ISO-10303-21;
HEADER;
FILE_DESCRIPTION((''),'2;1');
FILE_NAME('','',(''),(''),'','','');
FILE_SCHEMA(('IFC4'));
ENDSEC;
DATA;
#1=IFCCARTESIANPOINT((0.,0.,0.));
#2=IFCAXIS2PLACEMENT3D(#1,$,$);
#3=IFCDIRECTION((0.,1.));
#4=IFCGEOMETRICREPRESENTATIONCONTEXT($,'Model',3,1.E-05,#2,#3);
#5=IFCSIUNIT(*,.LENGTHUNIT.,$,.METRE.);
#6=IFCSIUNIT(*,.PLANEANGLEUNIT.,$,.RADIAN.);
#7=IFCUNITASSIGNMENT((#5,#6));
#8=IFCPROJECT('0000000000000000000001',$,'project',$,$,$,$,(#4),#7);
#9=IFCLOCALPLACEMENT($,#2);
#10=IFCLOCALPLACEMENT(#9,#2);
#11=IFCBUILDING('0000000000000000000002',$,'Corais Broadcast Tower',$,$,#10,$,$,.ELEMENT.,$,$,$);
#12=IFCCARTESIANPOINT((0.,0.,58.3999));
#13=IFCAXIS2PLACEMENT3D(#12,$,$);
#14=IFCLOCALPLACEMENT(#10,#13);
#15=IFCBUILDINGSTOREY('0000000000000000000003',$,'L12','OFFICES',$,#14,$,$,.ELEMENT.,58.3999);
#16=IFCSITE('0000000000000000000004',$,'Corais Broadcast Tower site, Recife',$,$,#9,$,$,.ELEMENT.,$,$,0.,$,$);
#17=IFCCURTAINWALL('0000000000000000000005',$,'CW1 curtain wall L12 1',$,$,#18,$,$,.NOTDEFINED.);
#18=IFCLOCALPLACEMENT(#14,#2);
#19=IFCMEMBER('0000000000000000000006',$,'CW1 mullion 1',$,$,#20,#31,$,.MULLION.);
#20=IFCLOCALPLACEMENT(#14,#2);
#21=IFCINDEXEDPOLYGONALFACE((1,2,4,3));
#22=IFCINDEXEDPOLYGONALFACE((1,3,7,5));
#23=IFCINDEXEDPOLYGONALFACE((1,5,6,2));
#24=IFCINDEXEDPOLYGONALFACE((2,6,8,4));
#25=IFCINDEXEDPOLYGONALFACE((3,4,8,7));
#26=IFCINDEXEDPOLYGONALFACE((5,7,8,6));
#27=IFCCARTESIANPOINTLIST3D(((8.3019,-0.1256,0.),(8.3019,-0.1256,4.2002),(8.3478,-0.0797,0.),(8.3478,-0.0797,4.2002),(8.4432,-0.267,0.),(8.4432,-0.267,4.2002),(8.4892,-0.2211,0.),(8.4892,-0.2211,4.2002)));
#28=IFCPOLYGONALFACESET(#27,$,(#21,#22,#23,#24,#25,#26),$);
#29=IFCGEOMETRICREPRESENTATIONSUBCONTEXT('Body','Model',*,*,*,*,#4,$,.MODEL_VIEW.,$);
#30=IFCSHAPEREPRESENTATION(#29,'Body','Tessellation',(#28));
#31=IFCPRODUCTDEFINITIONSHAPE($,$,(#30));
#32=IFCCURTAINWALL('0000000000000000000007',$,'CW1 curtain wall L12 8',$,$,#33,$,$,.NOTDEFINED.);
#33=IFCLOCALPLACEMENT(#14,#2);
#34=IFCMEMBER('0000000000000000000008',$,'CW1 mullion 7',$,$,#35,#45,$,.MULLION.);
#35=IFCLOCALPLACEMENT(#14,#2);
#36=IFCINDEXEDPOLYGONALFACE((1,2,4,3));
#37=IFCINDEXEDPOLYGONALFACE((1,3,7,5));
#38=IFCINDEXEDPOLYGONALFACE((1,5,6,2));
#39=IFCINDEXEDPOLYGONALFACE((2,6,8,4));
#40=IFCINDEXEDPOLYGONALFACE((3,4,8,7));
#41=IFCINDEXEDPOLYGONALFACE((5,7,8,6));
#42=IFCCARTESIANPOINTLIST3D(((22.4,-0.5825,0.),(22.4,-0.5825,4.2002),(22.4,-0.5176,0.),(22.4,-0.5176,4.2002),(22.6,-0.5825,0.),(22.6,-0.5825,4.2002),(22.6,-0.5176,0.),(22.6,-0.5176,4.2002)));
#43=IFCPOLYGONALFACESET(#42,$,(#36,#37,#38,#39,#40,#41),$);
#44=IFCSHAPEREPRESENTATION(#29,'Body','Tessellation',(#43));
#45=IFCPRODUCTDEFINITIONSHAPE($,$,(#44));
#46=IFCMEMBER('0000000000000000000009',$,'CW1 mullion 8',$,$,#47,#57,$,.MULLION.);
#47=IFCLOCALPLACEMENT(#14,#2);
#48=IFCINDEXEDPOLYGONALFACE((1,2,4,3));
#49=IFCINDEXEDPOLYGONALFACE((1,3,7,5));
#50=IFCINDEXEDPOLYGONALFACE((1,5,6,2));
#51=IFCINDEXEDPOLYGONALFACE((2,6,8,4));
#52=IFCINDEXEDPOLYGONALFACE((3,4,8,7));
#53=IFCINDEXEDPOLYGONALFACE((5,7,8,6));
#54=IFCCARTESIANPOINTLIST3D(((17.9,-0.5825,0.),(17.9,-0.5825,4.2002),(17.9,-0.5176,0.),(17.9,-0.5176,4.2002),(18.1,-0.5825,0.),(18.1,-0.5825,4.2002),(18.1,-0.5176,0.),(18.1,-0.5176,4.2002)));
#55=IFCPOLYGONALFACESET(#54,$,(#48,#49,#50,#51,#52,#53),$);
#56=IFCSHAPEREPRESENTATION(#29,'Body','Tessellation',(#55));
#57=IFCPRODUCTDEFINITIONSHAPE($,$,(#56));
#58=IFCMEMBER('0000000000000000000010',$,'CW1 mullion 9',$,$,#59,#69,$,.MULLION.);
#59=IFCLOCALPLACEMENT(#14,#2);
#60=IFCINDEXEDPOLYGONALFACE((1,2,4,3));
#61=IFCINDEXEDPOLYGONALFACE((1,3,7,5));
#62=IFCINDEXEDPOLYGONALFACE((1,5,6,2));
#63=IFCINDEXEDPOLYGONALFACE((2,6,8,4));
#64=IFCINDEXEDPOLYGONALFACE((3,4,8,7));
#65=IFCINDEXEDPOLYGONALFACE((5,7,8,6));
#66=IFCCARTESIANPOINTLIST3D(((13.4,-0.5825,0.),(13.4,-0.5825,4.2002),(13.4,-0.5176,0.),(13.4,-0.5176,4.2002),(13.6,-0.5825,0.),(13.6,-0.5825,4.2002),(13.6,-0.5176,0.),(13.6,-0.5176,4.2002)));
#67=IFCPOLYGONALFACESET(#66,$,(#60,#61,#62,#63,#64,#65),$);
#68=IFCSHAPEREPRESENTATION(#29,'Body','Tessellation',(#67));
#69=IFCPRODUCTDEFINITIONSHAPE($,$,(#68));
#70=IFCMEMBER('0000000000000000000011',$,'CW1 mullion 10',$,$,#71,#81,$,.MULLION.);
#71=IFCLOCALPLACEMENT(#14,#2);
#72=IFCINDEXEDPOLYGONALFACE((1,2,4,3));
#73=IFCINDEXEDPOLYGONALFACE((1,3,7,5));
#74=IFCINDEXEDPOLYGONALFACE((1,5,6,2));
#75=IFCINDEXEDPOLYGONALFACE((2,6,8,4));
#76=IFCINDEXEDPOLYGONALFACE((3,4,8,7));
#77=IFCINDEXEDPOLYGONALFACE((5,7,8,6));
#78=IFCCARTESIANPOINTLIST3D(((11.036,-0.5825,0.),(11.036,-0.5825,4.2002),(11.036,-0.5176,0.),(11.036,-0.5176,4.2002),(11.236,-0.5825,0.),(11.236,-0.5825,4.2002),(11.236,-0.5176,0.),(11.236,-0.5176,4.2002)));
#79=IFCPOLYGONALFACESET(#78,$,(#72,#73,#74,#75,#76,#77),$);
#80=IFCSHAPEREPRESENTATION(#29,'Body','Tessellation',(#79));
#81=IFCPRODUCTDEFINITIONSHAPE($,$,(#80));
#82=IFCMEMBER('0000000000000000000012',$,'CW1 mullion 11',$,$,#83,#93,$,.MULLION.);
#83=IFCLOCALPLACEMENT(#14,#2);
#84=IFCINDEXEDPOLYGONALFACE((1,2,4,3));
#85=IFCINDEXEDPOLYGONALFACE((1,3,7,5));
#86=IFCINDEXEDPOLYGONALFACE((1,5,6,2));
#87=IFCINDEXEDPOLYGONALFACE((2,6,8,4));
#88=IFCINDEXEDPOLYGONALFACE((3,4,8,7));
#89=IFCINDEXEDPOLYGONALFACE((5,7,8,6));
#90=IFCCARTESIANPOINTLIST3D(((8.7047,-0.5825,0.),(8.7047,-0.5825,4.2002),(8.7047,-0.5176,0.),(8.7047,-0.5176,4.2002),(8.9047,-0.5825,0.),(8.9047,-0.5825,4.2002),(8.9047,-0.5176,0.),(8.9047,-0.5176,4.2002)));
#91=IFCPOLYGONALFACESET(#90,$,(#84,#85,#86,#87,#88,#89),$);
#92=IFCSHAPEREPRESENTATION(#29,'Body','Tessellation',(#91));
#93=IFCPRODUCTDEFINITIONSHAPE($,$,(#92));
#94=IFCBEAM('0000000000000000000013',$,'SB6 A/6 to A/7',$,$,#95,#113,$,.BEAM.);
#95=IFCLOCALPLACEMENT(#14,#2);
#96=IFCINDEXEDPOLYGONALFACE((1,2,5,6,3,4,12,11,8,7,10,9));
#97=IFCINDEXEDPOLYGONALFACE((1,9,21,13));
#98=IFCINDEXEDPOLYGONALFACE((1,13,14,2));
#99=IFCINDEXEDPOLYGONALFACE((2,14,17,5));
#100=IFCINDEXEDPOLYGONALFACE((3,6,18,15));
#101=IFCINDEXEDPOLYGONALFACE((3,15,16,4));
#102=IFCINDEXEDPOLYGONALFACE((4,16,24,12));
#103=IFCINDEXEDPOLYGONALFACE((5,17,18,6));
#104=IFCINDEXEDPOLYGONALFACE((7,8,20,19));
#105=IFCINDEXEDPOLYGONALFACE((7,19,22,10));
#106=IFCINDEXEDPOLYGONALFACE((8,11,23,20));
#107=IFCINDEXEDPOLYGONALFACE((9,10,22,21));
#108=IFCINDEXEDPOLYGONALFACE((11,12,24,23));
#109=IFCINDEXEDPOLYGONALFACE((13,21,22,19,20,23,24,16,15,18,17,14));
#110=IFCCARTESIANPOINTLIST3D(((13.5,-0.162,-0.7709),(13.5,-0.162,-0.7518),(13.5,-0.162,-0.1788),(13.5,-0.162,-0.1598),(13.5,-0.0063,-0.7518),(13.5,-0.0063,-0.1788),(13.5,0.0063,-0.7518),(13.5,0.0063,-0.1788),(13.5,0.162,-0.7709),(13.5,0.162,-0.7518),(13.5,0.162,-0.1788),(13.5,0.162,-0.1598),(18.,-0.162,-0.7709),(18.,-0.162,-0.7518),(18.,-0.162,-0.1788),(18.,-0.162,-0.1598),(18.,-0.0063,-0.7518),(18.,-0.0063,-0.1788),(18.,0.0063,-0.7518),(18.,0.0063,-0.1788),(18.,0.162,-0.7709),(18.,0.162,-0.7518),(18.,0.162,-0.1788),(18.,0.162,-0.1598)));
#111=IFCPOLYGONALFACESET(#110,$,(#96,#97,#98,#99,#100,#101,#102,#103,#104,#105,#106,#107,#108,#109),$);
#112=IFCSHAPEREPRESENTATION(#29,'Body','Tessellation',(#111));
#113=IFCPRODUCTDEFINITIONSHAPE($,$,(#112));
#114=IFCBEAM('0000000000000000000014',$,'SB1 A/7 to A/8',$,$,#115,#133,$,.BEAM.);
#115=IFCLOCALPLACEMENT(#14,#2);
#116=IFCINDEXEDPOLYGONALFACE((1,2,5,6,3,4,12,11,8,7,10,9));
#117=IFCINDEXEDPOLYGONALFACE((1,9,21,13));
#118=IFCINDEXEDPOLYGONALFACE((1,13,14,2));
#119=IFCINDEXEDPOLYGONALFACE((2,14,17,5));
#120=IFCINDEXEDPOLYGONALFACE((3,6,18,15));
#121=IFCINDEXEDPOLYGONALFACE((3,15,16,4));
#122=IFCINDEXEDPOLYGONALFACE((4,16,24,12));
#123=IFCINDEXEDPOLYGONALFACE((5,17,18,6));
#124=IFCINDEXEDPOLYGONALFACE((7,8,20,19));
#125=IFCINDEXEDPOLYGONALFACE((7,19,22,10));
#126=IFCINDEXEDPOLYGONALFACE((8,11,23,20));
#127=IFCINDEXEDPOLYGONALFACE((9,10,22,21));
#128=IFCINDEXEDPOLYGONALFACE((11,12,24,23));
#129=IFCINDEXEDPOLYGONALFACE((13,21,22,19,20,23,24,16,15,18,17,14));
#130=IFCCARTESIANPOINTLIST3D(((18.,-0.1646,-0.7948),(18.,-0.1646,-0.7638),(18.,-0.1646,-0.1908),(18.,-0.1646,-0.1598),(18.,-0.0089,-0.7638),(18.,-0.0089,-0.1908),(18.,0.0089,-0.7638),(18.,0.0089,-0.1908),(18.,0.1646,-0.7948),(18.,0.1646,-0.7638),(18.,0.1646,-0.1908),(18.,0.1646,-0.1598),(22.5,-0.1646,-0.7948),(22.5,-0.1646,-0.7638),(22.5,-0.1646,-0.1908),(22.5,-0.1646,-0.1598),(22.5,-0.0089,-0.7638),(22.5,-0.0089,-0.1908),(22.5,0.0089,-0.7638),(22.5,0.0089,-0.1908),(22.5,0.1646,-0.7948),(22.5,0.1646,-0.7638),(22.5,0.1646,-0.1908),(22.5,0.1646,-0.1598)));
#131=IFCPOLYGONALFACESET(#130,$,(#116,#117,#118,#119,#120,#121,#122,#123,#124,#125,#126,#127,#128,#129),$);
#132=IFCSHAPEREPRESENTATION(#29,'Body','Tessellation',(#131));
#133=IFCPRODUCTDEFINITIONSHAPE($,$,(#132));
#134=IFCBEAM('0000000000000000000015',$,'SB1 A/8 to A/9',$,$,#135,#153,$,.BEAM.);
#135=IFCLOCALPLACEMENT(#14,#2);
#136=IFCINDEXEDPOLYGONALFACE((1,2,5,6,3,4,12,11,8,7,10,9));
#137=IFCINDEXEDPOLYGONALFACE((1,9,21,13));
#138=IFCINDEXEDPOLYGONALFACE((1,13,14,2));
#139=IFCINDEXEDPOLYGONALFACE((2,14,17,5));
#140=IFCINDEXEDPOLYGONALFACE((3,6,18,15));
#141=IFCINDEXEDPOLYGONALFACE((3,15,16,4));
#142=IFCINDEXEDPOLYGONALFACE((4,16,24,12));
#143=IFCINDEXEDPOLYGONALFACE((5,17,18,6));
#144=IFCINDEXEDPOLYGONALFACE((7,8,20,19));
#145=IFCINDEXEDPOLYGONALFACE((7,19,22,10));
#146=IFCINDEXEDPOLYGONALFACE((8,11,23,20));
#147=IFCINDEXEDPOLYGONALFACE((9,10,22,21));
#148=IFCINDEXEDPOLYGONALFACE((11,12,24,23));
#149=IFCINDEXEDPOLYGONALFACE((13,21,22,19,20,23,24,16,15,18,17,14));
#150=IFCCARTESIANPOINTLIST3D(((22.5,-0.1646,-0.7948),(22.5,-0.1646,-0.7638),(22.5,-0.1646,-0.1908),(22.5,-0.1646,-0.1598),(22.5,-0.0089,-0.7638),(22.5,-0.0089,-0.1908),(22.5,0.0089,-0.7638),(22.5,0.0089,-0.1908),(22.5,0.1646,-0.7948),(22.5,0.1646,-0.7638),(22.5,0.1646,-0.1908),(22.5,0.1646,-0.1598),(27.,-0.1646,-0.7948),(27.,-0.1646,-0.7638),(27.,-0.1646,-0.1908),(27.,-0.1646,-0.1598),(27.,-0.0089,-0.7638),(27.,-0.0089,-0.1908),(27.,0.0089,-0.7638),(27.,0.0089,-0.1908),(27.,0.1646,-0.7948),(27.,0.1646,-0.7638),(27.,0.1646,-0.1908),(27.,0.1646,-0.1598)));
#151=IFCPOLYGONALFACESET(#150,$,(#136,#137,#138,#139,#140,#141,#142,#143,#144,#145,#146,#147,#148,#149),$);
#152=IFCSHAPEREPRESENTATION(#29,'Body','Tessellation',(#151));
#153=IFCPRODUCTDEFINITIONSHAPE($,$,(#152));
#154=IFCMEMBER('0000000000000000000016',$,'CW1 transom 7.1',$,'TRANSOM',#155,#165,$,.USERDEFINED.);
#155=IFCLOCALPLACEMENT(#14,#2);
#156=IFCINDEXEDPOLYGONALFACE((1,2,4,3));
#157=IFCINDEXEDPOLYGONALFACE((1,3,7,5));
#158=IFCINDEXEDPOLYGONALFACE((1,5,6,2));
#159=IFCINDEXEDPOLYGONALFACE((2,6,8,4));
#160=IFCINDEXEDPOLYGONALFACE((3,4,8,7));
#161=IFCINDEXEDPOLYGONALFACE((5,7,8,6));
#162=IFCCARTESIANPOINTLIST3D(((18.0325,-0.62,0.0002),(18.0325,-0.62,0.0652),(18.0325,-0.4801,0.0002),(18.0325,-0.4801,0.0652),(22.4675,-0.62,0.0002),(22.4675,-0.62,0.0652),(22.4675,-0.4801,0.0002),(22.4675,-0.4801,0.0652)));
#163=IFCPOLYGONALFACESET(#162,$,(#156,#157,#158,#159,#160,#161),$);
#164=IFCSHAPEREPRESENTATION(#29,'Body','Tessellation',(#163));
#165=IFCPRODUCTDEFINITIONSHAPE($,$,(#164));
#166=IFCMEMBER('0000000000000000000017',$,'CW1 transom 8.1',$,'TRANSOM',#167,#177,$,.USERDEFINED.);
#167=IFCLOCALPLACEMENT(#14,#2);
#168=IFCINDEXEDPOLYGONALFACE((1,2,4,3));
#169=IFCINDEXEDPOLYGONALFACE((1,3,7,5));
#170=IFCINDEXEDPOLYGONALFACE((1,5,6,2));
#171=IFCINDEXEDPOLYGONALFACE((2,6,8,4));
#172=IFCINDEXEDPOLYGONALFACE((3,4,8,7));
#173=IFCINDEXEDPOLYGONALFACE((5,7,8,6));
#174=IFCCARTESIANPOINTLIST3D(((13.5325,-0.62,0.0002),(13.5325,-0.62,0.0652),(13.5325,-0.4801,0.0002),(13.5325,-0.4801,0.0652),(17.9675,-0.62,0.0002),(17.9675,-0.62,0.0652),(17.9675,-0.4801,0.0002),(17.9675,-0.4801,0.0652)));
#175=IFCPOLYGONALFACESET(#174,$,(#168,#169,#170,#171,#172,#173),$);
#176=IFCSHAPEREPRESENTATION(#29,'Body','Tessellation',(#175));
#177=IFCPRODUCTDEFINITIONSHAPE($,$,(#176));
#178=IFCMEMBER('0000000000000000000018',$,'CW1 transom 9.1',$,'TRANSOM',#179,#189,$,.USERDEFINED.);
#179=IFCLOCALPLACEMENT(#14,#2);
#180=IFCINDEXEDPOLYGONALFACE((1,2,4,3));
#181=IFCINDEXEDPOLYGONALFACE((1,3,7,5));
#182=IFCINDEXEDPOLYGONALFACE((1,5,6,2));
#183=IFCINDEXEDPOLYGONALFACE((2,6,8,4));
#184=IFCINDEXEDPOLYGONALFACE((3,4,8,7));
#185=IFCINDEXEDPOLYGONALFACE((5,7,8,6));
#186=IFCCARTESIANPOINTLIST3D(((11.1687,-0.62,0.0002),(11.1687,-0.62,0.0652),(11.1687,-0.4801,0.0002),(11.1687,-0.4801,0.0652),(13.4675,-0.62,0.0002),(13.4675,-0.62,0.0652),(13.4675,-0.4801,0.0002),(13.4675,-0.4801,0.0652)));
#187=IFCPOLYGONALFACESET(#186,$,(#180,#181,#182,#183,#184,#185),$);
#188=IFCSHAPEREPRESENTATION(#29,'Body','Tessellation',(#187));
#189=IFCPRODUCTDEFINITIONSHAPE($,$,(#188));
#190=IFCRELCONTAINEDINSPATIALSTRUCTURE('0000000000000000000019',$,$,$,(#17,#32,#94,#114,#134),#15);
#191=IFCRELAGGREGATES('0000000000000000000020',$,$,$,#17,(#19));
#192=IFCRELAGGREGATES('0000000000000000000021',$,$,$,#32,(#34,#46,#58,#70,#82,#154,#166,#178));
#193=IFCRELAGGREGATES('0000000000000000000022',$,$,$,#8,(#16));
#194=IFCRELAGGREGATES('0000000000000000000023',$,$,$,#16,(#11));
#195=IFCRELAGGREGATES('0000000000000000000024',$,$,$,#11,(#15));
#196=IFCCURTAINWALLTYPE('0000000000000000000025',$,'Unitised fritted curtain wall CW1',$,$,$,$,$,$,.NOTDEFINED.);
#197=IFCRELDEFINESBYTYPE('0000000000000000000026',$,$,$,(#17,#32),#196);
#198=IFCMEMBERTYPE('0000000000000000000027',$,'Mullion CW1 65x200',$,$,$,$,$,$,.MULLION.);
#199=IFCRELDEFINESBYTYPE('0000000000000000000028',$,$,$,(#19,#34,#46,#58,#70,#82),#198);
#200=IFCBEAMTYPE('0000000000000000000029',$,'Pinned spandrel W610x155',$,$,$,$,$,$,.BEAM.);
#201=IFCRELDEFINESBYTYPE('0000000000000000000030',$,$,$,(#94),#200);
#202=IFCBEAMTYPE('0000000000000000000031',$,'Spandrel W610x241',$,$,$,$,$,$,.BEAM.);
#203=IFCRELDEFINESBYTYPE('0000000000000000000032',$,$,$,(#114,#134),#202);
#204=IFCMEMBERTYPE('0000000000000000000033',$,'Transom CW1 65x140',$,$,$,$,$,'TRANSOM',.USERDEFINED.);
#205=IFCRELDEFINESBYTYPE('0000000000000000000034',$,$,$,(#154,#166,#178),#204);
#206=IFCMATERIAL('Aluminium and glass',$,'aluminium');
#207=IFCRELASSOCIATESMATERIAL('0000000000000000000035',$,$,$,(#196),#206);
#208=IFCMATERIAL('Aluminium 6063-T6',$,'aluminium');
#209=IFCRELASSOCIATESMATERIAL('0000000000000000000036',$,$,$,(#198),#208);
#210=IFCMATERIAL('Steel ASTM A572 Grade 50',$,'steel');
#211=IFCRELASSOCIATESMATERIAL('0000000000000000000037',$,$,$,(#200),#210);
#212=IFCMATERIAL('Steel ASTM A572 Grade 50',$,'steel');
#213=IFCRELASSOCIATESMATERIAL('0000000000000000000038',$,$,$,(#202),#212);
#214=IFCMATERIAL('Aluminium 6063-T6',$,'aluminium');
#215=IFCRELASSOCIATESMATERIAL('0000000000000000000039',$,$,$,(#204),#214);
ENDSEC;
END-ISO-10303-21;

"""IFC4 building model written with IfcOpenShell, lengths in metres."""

from ifc_helpers import new_model, si_unit, direction, frame, origin, origin_2d, place, context, subcontext, project, spatial, rectangle, i_section, extrude, material, material_profile, profile_set, type_object, element, aggregate, save


model = new_model("IFC4")

# Units and contexts
model_context = context("Model", 3, precision=1e-05, world=origin(), true_north=direction((0.0, 1.0)))
body_context = subcontext(model_context, "Body", "Model", "MODEL_VIEW")
ifc_project = project(units=[si_unit("LENGTHUNIT", "METRE"), si_unit("PLANEANGLEUNIT", "RADIAN")], contexts=[model_context])

# Site, building, storey
site_placement = place(None, origin())
site = spatial("IfcSite", under=ifc_project, at=site_placement, Name="Corais Broadcast Tower site, Recife", CompositionType="ELEMENT", RefElevation=0.0)
building_placement = place(site_placement, origin())
building = spatial("IfcBuilding", under=site, at=building_placement, Name="Corais Broadcast Tower", CompositionType="ELEMENT")
storey_placement = place(building_placement, frame((0.0, 0.0, 58.3999)))
storey = spatial("IfcBuildingStorey", under=building, at=storey_placement, Name="L12", Description="OFFICES", CompositionType="ELEMENT", Elevation=58.3999)

# Curtain wall, member
ifc_material_1 = material(Name="Aluminium and glass", Category="aluminium")
curtain_wall_type = type_object("IfcCurtainWallType", Name="Unitised fritted curtain wall CW1", PredefinedType="NOTDEFINED", material=ifc_material_1)
curtain_wall_1_placement = place(storey_placement, origin())
curtain_wall_1 = element("IfcCurtainWall", 1, at=curtain_wall_1_placement, inside=storey, type_object=curtain_wall_type, Name="CW1 curtain wall L12 1", PredefinedType="NOTDEFINED")
ifc_material_2 = material(Name="Aluminium 6063-T6", Category="aluminium")
ifc_material_profile_1 = material_profile(ifc_material_2, rectangle(XDim=0.0649, YDim=0.2, at=origin_2d()), Name="Mullion CW1 65x200")
ifc_profile_set_1 = profile_set([ifc_material_profile_1], Name="Aluminium 6063-T6")
member_type_1 = type_object("IfcMemberType", Name="Mullion CW1 65x200", PredefinedType="MULLION", material=ifc_profile_set_1)
member_1_placement = place(storey_placement, frame((8.3955, -0.1733, 0.0), z_axis=(0.0, 0.0, 1.0), x_axis=(-0.707107, -0.707107, 0.0)))
member_1 = element("IfcMember", 2, at=member_1_placement, type_object=member_type_1, Name="CW1 mullion 1", PredefinedType="MULLION", context=body_context, shape_type="SweptSolid", body=[
    extrude(rectangle(XDim=0.0649, YDim=0.2, at=origin_2d()), origin(), (0.0, 0.0, 1.0), 4.2002),
])
aggregate(curtain_wall_1, [member_1])

# Curtain wall, members
curtain_wall_2_placement = place(storey_placement, origin())
curtain_wall_2 = element("IfcCurtainWall", 3, at=curtain_wall_2_placement, inside=storey, type_object=curtain_wall_type, Name="CW1 curtain wall L12 8", PredefinedType="NOTDEFINED")
member_2_placement = place(storey_placement, frame((22.5, -0.55, 0.0), z_axis=(0.0, 0.0, 1.0), x_axis=(0.0, -1.0, 0.0)))
member_2 = element("IfcMember", 4, at=member_2_placement, type_object=member_type_1, Name="CW1 mullion 7", PredefinedType="MULLION", context=body_context, shape_type="SweptSolid", body=[
    extrude(rectangle(XDim=0.0649, YDim=0.2, at=origin_2d()), origin(), (0.0, 0.0, 1.0), 4.2002),
])
member_3_placement = place(storey_placement, frame((18.0, -0.55, 0.0), z_axis=(0.0, 0.0, 1.0), x_axis=(0.0, -1.0, 0.0)))
member_3 = element("IfcMember", 5, at=member_3_placement, type_object=member_type_1, Name="CW1 mullion 8", PredefinedType="MULLION", context=body_context, shape_type="SweptSolid", body=[
    extrude(rectangle(XDim=0.0649, YDim=0.2, at=origin_2d()), origin(), (0.0, 0.0, 1.0), 4.2002),
])
member_4_placement = place(storey_placement, frame((13.5, -0.55, 0.0), z_axis=(0.0, 0.0, 1.0), x_axis=(0.0, -1.0, 0.0)))
member_4 = element("IfcMember", 6, at=member_4_placement, type_object=member_type_1, Name="CW1 mullion 9", PredefinedType="MULLION", context=body_context, shape_type="SweptSolid", body=[
    extrude(rectangle(XDim=0.0649, YDim=0.2, at=origin_2d()), origin(), (0.0, 0.0, 1.0), 4.2002),
])
member_5_placement = place(storey_placement, frame((11.136, -0.55, 0.0), z_axis=(0.0, 0.0, 1.0), x_axis=(0.0, -1.0, 0.0)))
member_5 = element("IfcMember", 7, at=member_5_placement, type_object=member_type_1, Name="CW1 mullion 10", PredefinedType="MULLION", context=body_context, shape_type="SweptSolid", body=[
    extrude(rectangle(XDim=0.0649, YDim=0.2, at=origin_2d()), origin(), (0.0, 0.0, 1.0), 4.2002),
])
member_6_placement = place(storey_placement, frame((8.8047, -0.55, 0.0), z_axis=(0.0, 0.0, 1.0), x_axis=(0.0, -1.0, 0.0)))
member_6 = element("IfcMember", 8, at=member_6_placement, type_object=member_type_1, Name="CW1 mullion 11", PredefinedType="MULLION", context=body_context, shape_type="SweptSolid", body=[
    extrude(rectangle(XDim=0.0649, YDim=0.2, at=origin_2d()), origin(), (0.0, 0.0, 1.0), 4.2002),
])

# Beams
ifc_material_3 = material(Name="Steel ASTM A572 Grade 50", Category="steel")
ifc_material_profile_2 = material_profile(ifc_material_3, i_section(OverallWidth=0.324, OverallDepth=0.6111, WebThickness=0.0127, FlangeThickness=0.019, at=origin_2d()), Name="W610x155")
ifc_profile_set_2 = profile_set([ifc_material_profile_2], Name="Steel ASTM A572 Grade 50")
beam_type_1 = type_object("IfcBeamType", Name="Pinned spandrel W610x155", PredefinedType="BEAM", material=ifc_profile_set_2)
beam_1_placement = place(storey_placement, frame((13.5, 0.0, -0.4653), z_axis=(1.0, 0.0, 0.0), x_axis=(0.0, 1.0, 0.0)))
element("IfcBeam", 9, at=beam_1_placement, inside=storey, type_object=beam_type_1, Name="SB6 A/6 to A/7", PredefinedType="BEAM", context=body_context, shape_type="SweptSolid", body=[
    extrude(i_section(OverallWidth=0.324, OverallDepth=0.6111, WebThickness=0.0127, FlangeThickness=0.019, at=origin_2d()), origin(), (0.0, 0.0, 1.0), 4.5),
])
ifc_material_4 = material(Name="Steel ASTM A572 Grade 50", Category="steel")
ifc_material_profile_3 = material_profile(ifc_material_4, i_section(OverallWidth=0.3291, OverallDepth=0.635, WebThickness=0.0178, FlangeThickness=0.031, at=origin_2d()), Name="W610x241")
ifc_profile_set_3 = profile_set([ifc_material_profile_3], Name="Steel ASTM A572 Grade 50")
beam_type_2 = type_object("IfcBeamType", Name="Spandrel W610x241", PredefinedType="BEAM", material=ifc_profile_set_3)
for number, where, z_axis, x_axis, name in (
    (10, (18.0, 0.0, -0.4773), (1.0, 0.0, 0.0), (0.0, 1.0, 0.0), "SB1 A/7 to A/8"),
    (11, (22.5, 0.0, -0.4773), (1.0, 0.0, 0.0), (0.0, 1.0, 0.0), "SB1 A/8 to A/9"),
):
    element("IfcBeam", number, at=place(storey_placement, frame(where, z_axis=z_axis, x_axis=x_axis)), inside=storey, type_object=beam_type_2, Name=name, PredefinedType="BEAM", context=body_context, shape_type="SweptSolid", body=[
        extrude(i_section(OverallWidth=0.3291, OverallDepth=0.635, WebThickness=0.0178, FlangeThickness=0.031, at=origin_2d()), origin(), (0.0, 0.0, 1.0), 4.5),
    ])

# Members
ifc_material_5 = material(Name="Aluminium 6063-T6", Category="aluminium")
ifc_material_profile_4 = material_profile(ifc_material_5, rectangle(XDim=0.1399, YDim=0.0649, at=origin_2d()), Name="Transom CW1 65x140")
ifc_profile_set_4 = profile_set([ifc_material_profile_4], Name="Aluminium 6063-T6")
member_type_2 = type_object("IfcMemberType", Name="Transom CW1 65x140", ElementType="TRANSOM", PredefinedType="USERDEFINED", material=ifc_profile_set_4)
member_7_placement = place(storey_placement, frame((22.4675, -0.55, 0.0327), z_axis=(-1.0, 0.0, 0.0), x_axis=(0.0, -1.0, 0.0)))
member_7 = element("IfcMember", 12, at=member_7_placement, type_object=member_type_2, Name="CW1 transom 7.1", ObjectType="TRANSOM", PredefinedType="USERDEFINED", context=body_context, shape_type="SweptSolid", body=[
    extrude(rectangle(XDim=0.1399, YDim=0.0649, at=origin_2d()), origin(), (0.0, 0.0, 1.0), 4.4351),
])
member_8_placement = place(storey_placement, frame((17.9675, -0.55, 0.0327), z_axis=(-1.0, 0.0, 0.0), x_axis=(0.0, -1.0, 0.0)))
member_8 = element("IfcMember", 13, at=member_8_placement, type_object=member_type_2, Name="CW1 transom 8.1", ObjectType="TRANSOM", PredefinedType="USERDEFINED", context=body_context, shape_type="SweptSolid", body=[
    extrude(rectangle(XDim=0.1399, YDim=0.0649, at=origin_2d()), origin(), (0.0, 0.0, 1.0), 4.4351),
])
member_9_placement = place(storey_placement, frame((13.4675, -0.55, 0.0327), z_axis=(-1.0, 0.0, 0.0), x_axis=(0.0, -1.0, 0.0)))
member_9 = element("IfcMember", 14, at=member_9_placement, type_object=member_type_2, Name="CW1 transom 9.1", ObjectType="TRANSOM", PredefinedType="USERDEFINED", context=body_context, shape_type="SweptSolid", body=[
    extrude(rectangle(XDim=0.1399, YDim=0.0649, at=origin_2d()), origin(), (0.0, 0.0, 1.0), 2.2988),
])

aggregate(curtain_wall_2, [member_2, member_3, member_4, member_5, member_6, member_7, member_8, member_9])

save(model, "model.ifc")
